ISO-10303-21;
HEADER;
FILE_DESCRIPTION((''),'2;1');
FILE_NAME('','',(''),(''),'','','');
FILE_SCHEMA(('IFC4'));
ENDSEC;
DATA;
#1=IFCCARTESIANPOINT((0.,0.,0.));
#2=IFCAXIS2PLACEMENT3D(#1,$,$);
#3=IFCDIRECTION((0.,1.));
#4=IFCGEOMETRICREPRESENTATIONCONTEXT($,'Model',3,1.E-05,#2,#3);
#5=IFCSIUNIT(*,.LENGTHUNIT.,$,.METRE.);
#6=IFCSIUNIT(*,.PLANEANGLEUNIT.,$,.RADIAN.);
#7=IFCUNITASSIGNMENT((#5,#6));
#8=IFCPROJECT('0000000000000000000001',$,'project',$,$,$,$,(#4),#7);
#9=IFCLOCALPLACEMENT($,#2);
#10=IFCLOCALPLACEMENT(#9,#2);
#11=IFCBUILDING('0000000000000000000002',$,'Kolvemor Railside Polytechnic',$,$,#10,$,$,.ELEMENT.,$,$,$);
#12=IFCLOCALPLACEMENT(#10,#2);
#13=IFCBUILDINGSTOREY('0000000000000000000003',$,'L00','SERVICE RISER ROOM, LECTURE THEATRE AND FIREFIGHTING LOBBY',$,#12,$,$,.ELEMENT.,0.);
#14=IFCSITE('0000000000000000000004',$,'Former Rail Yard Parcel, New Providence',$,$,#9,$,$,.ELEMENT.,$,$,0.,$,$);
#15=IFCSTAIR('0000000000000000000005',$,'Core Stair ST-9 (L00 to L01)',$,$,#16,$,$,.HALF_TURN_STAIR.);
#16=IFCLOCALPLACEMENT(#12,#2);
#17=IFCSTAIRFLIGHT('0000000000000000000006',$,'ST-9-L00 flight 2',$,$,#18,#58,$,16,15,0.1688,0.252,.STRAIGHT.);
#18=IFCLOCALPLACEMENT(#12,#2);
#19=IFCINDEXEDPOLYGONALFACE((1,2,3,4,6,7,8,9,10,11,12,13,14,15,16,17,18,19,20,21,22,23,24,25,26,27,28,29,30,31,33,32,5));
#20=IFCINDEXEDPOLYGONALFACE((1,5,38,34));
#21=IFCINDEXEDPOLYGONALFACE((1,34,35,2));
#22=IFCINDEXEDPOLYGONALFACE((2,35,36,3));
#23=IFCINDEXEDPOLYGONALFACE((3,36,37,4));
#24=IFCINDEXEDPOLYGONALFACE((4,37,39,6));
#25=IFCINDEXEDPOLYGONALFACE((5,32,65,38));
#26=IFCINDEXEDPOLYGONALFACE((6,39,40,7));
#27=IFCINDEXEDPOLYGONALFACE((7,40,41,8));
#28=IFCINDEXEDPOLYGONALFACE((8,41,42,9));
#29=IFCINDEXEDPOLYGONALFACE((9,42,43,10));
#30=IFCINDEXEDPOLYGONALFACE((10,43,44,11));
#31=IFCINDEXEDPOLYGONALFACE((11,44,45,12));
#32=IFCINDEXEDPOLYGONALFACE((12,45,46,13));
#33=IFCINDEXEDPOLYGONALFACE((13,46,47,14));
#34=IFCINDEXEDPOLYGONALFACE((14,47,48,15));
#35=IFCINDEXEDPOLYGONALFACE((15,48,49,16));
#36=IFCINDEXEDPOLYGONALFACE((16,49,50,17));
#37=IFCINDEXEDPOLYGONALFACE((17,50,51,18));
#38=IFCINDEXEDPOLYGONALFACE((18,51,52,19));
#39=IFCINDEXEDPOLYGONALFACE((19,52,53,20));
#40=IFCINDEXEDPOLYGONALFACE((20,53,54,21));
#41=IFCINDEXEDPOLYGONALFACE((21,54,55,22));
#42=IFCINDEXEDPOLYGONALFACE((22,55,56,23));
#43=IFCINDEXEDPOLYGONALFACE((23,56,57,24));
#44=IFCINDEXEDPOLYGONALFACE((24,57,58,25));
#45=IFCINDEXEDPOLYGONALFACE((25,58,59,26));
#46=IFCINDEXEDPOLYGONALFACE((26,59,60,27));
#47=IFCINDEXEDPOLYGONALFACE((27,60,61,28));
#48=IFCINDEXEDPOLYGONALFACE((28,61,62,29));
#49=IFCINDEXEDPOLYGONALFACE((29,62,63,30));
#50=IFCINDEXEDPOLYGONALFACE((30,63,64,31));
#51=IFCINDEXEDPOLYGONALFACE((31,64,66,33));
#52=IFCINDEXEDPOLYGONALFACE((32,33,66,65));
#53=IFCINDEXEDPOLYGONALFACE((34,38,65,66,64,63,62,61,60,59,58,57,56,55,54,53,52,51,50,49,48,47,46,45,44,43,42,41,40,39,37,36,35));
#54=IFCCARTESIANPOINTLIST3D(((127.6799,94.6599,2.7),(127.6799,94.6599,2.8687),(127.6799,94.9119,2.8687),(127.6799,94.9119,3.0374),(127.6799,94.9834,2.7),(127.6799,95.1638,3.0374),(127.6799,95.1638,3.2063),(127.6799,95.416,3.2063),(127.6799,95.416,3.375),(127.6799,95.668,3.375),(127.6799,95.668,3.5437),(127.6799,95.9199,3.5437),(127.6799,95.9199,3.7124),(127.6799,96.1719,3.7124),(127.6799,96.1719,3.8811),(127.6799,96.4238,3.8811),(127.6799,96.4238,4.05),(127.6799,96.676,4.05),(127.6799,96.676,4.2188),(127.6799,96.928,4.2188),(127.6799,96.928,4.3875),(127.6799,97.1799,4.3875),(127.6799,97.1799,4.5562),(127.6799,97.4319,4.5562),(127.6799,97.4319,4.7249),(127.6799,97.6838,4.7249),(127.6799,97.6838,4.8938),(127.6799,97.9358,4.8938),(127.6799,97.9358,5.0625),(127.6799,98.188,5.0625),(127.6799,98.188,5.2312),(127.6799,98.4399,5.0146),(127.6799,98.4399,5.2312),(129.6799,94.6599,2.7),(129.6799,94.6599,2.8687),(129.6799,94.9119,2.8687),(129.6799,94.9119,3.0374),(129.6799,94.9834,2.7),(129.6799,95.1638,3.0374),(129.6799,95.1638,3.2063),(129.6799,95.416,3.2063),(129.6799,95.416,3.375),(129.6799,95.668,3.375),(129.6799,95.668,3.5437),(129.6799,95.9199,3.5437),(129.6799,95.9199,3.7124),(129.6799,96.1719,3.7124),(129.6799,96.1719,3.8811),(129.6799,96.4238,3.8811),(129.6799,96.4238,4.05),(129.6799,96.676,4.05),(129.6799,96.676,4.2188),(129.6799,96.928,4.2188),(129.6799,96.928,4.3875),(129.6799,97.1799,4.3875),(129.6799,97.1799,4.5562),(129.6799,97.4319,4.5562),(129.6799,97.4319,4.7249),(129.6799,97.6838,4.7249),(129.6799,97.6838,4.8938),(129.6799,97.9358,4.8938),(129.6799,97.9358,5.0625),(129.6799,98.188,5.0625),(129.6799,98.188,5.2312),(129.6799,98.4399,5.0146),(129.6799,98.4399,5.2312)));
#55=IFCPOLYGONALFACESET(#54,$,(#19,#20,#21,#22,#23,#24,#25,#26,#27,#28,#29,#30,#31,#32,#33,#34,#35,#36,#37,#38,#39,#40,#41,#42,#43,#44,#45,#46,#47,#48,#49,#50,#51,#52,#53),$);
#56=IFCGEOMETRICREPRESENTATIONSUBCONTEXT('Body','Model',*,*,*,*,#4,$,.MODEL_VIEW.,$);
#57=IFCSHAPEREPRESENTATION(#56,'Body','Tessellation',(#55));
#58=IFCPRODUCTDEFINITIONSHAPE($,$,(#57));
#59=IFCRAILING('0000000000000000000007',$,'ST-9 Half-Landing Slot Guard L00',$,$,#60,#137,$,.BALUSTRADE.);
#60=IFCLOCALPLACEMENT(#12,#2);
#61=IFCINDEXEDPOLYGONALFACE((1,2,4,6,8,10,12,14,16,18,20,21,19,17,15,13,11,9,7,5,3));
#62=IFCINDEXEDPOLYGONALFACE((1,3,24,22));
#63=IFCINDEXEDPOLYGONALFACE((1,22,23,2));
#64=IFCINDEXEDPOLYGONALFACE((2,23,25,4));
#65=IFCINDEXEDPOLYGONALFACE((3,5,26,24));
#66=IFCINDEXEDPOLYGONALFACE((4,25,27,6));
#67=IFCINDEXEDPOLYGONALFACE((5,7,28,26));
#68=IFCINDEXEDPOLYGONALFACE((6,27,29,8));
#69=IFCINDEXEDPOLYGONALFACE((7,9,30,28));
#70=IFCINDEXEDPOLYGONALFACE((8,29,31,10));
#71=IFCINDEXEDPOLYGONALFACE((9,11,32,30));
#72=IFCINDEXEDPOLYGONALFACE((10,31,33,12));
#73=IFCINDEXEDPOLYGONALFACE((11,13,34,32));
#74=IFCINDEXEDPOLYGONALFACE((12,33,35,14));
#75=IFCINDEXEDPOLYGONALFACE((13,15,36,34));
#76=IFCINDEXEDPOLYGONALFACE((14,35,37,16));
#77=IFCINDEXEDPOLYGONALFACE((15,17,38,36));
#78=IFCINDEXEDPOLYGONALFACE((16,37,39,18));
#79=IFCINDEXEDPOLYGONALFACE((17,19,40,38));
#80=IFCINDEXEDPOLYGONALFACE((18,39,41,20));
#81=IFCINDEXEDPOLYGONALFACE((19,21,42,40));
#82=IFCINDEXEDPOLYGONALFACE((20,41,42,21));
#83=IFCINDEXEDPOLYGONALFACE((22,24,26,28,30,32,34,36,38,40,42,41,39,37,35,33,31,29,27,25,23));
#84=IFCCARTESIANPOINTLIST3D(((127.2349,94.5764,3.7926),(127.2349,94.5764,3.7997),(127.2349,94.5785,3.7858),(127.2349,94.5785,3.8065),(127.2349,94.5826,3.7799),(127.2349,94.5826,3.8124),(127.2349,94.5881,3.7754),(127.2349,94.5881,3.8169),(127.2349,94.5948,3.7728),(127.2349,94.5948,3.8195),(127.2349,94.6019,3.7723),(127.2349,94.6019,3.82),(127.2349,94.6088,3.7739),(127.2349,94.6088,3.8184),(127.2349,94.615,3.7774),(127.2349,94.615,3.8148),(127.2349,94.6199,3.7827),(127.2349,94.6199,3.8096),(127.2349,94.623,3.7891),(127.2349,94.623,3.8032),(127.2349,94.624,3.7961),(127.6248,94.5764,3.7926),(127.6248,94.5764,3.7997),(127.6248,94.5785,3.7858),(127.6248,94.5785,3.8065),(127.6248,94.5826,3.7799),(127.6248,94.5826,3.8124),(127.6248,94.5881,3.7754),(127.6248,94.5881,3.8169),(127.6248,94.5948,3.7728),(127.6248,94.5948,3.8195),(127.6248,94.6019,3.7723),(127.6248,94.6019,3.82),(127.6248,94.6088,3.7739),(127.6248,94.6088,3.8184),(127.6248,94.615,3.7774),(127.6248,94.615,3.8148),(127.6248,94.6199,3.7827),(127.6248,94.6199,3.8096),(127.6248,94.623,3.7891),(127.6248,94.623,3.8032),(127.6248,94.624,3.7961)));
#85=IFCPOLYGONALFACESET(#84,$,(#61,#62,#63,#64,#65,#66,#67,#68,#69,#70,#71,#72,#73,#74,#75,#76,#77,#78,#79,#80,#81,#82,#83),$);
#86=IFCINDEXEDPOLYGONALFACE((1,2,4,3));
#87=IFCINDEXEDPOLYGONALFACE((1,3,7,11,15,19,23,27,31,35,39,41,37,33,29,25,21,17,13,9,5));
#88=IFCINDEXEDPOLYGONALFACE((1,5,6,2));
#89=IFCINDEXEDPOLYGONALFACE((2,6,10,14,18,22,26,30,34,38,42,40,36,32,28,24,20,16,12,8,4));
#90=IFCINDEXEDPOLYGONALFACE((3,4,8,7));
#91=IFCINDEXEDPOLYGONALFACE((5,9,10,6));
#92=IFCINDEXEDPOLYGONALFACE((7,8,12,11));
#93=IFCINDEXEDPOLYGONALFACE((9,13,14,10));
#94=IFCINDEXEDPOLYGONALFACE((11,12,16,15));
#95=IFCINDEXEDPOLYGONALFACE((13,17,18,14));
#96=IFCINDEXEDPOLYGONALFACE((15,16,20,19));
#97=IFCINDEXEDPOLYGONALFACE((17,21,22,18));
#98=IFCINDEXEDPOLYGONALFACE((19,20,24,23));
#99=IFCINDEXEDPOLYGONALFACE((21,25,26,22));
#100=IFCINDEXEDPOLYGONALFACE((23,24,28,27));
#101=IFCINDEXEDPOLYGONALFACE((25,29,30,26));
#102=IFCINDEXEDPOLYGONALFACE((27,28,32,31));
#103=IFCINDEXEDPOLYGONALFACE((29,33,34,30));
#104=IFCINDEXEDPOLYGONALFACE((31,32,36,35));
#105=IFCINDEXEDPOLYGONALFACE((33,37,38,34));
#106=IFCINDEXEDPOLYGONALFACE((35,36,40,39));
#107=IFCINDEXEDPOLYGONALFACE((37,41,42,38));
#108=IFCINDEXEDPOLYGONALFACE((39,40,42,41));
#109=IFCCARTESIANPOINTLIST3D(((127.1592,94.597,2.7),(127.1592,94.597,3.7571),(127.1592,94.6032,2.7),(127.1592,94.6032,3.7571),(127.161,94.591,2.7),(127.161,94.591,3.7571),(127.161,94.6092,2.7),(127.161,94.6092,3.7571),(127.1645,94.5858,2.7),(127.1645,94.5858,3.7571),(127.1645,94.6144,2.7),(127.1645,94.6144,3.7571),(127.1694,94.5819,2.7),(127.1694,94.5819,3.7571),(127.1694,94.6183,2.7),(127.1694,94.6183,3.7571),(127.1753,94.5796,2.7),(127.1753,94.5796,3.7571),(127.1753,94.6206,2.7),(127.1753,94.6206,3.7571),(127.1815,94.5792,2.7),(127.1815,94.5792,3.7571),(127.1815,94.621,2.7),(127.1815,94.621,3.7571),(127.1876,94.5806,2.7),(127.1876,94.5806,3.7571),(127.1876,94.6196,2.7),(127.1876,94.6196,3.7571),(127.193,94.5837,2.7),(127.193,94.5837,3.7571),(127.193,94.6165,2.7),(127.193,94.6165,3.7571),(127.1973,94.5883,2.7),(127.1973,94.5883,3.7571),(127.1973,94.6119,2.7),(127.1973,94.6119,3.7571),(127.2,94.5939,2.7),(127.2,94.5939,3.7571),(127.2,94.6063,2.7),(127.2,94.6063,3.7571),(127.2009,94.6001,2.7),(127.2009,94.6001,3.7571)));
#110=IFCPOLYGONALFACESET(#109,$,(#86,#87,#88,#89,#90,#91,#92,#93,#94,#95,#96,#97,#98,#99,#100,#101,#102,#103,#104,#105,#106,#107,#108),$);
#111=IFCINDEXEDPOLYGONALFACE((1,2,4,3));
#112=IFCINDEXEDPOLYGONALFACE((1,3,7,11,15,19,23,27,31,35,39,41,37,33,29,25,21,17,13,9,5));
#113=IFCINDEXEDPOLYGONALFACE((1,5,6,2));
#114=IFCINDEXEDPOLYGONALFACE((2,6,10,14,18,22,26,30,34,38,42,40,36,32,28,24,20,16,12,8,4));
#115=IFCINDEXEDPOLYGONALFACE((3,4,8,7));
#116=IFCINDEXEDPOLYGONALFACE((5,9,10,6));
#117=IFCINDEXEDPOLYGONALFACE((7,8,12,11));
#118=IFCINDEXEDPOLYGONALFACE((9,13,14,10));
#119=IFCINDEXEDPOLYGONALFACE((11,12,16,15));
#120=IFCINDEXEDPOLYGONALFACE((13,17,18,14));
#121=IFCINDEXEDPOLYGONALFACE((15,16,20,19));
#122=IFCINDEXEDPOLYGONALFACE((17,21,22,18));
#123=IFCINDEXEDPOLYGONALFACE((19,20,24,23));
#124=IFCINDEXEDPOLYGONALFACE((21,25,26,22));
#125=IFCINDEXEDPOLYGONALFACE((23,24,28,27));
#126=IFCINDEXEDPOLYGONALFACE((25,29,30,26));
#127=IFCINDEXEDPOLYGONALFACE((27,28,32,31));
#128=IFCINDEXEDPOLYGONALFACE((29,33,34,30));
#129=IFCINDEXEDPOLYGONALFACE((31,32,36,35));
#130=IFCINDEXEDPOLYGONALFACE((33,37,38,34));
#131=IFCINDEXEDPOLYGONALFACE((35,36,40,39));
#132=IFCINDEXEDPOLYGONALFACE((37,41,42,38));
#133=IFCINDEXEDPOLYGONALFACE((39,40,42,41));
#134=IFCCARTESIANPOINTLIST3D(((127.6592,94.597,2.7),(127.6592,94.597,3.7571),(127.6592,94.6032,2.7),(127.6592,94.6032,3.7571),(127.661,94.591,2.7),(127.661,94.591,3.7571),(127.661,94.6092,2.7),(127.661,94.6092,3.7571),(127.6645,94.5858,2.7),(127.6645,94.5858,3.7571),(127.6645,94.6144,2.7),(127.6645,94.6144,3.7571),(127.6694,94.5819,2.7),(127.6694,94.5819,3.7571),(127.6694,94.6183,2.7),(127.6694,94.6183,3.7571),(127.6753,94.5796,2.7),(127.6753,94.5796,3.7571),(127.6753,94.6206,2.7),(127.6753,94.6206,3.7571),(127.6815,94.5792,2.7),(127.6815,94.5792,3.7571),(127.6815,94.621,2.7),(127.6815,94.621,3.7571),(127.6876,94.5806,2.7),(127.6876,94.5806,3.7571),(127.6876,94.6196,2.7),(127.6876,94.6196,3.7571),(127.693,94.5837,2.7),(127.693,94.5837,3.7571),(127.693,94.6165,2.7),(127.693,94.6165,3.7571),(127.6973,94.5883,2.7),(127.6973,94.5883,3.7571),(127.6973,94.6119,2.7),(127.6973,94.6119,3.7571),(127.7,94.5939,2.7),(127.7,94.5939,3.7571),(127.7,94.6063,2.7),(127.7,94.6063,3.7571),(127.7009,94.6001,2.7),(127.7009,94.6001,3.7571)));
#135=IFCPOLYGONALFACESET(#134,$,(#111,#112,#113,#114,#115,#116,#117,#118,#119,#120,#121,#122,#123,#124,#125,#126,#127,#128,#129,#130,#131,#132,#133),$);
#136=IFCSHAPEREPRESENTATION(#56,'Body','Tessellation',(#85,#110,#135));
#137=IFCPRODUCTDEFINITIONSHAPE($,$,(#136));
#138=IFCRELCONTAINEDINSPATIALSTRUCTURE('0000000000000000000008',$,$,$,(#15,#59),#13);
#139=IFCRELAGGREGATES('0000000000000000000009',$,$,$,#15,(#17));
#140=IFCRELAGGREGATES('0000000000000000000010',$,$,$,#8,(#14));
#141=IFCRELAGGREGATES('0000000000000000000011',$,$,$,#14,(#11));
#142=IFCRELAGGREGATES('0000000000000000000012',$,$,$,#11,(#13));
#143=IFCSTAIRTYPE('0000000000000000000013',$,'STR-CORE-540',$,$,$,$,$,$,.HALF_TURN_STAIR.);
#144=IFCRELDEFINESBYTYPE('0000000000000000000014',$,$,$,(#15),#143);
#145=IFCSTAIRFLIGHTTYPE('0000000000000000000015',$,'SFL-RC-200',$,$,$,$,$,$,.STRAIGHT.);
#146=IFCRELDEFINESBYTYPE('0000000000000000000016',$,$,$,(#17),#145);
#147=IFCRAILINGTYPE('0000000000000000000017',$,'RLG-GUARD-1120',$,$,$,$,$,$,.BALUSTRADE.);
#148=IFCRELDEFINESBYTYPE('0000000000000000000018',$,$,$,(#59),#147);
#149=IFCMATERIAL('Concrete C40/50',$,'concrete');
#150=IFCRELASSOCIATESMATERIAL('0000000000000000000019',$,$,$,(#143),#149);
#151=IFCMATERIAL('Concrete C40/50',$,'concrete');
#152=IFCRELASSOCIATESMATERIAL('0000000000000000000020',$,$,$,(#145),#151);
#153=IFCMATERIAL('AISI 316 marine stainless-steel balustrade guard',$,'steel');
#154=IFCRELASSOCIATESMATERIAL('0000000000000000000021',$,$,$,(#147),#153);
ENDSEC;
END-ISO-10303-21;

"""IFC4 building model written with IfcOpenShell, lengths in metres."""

from ifc_helpers import new_model, si_unit, direction, frame, origin, origin_2d, place, context, subcontext, project, spatial, polyline, circle, outline, extrude, material, type_object, element, aggregate, save


model = new_model("IFC4")

# Units and contexts
model_context = context("Model", 3, precision=1e-05, world=origin(), true_north=direction((0.0, 1.0)))
body_context = subcontext(model_context, "Body", "Model", "MODEL_VIEW")
ifc_project = project(units=[si_unit("LENGTHUNIT", "METRE"), si_unit("PLANEANGLEUNIT", "RADIAN")], contexts=[model_context])

# Site, building, storey
site_placement = place(None, origin())
site = spatial("IfcSite", under=ifc_project, at=site_placement, Name="Former Rail Yard Parcel, New Providence", CompositionType="ELEMENT", RefElevation=0.0)
building_placement = place(site_placement, origin())
building = spatial("IfcBuilding", under=site, at=building_placement, Name="Kolvemor Railside Polytechnic", CompositionType="ELEMENT")
storey_placement = place(building_placement, origin())
storey = spatial("IfcBuildingStorey", under=building, at=storey_placement, Name="L00", Description="SERVICE RISER ROOM, LECTURE THEATRE AND FIREFIGHTING LOBBY", CompositionType="ELEMENT", Elevation=0.0)

# Stair, stair flight
ifc_material_1 = material(Name="Concrete C40/50", Category="concrete")
stair_type = type_object("IfcStairType", Name="STR-CORE-540", PredefinedType="HALF_TURN_STAIR", material=ifc_material_1)
stair_placement = place(storey_placement, origin())
stair = element("IfcStair", 1, at=stair_placement, inside=storey, type_object=stair_type, Name="Core Stair ST-9 (L00 to L01)", PredefinedType="HALF_TURN_STAIR")
ifc_material_2 = material(Name="Concrete C40/50", Category="concrete")
stair_flight_type = type_object("IfcStairFlightType", Name="SFL-RC-200", PredefinedType="STRAIGHT", material=ifc_material_2)
stair_flight_placement = place(storey_placement, frame((128.6799, 94.6599, 2.7), z_axis=(0.0, 0.0, 1.0), x_axis=(0.0, 1.0, 0.0)))
stair_flight = element("IfcStairFlight", 2, at=stair_flight_placement, type_object=stair_flight_type, Name="ST-9-L00 flight 2", NumberOfRisers=16, NumberOfTreads=15, PredefinedType="STRAIGHT", RiserHeight=0.1688, TreadLength=0.252, context=body_context, shape_type="SweptSolid", body=[
    extrude(outline(polyline([(0.0, 0.0), (0.0, 0.1687), (0.252, 0.1687), (0.252, 0.3374), (0.5039, 0.3374), (0.5039, 0.5063), (0.7561, 0.5063), (0.7561, 0.675), (1.0081, 0.675), (1.0081, 0.8438), (1.26, 0.8438), (1.26, 1.0125), (1.512, 1.0125), (1.512, 1.1812), (1.7639, 1.1812), (1.7639, 1.3501), (2.0161, 1.3501), (2.0161, 1.5188), (2.2681, 1.5188), (2.2681, 1.6875), (2.52, 1.6875), (2.52, 1.8562), (2.772, 1.8562), (2.772, 2.0249), (3.0239, 2.0249), (3.0239, 2.1938), (3.2759, 2.1938), (3.2759, 2.3625), (3.5281, 2.3625), (3.5281, 2.5312), (3.78, 2.5312), (3.78, 2.7), (3.78, 2.3147), (0.3235, 0.0), (0.0, 0.0)])), frame((0.0, 1.0, 0.0), z_axis=(0.0, -1.0, 0.0), x_axis=(1.0, 0.0, 0.0)), (0.0, 0.0, 1.0), 2.0),
])
aggregate(stair, [stair_flight])

# Railing
ifc_material_3 = material(Name="AISI 316 marine stainless-steel balustrade guard", Category="steel")
railing_type_1 = type_object("IfcRailingType", Name="RLG-GUARD-1120", PredefinedType="BALUSTRADE", material=ifc_material_3)
railing_1_placement = place(storey_placement, frame((127.1799, 94.6001, 2.7)))
element("IfcRailing", 3, at=railing_1_placement, inside=storey, type_object=railing_type_1, Name="ST-9 Half-Landing Slot Guard L00", PredefinedType="BALUSTRADE", context=body_context, shape_type="SweptSolid", body=[
    extrude(circle(Radius=0.0239, at=origin_2d()), frame((0.0549, 0.0, 1.0962), z_axis=(1.0, 0.0, 0.0), x_axis=(0.0, 1.0, 0.0)), (0.0, 0.0, 1.0), 0.3899),
    extrude(circle(Radius=0.021, at=origin_2d()), origin(), (0.0, 0.0, 1.0), 1.0571),
    extrude(circle(Radius=0.021, at=origin_2d()), frame((0.5, 0.0, 0.0)), (0.0, 0.0, 1.0), 1.0571),
])

save(model, "model.ifc")
